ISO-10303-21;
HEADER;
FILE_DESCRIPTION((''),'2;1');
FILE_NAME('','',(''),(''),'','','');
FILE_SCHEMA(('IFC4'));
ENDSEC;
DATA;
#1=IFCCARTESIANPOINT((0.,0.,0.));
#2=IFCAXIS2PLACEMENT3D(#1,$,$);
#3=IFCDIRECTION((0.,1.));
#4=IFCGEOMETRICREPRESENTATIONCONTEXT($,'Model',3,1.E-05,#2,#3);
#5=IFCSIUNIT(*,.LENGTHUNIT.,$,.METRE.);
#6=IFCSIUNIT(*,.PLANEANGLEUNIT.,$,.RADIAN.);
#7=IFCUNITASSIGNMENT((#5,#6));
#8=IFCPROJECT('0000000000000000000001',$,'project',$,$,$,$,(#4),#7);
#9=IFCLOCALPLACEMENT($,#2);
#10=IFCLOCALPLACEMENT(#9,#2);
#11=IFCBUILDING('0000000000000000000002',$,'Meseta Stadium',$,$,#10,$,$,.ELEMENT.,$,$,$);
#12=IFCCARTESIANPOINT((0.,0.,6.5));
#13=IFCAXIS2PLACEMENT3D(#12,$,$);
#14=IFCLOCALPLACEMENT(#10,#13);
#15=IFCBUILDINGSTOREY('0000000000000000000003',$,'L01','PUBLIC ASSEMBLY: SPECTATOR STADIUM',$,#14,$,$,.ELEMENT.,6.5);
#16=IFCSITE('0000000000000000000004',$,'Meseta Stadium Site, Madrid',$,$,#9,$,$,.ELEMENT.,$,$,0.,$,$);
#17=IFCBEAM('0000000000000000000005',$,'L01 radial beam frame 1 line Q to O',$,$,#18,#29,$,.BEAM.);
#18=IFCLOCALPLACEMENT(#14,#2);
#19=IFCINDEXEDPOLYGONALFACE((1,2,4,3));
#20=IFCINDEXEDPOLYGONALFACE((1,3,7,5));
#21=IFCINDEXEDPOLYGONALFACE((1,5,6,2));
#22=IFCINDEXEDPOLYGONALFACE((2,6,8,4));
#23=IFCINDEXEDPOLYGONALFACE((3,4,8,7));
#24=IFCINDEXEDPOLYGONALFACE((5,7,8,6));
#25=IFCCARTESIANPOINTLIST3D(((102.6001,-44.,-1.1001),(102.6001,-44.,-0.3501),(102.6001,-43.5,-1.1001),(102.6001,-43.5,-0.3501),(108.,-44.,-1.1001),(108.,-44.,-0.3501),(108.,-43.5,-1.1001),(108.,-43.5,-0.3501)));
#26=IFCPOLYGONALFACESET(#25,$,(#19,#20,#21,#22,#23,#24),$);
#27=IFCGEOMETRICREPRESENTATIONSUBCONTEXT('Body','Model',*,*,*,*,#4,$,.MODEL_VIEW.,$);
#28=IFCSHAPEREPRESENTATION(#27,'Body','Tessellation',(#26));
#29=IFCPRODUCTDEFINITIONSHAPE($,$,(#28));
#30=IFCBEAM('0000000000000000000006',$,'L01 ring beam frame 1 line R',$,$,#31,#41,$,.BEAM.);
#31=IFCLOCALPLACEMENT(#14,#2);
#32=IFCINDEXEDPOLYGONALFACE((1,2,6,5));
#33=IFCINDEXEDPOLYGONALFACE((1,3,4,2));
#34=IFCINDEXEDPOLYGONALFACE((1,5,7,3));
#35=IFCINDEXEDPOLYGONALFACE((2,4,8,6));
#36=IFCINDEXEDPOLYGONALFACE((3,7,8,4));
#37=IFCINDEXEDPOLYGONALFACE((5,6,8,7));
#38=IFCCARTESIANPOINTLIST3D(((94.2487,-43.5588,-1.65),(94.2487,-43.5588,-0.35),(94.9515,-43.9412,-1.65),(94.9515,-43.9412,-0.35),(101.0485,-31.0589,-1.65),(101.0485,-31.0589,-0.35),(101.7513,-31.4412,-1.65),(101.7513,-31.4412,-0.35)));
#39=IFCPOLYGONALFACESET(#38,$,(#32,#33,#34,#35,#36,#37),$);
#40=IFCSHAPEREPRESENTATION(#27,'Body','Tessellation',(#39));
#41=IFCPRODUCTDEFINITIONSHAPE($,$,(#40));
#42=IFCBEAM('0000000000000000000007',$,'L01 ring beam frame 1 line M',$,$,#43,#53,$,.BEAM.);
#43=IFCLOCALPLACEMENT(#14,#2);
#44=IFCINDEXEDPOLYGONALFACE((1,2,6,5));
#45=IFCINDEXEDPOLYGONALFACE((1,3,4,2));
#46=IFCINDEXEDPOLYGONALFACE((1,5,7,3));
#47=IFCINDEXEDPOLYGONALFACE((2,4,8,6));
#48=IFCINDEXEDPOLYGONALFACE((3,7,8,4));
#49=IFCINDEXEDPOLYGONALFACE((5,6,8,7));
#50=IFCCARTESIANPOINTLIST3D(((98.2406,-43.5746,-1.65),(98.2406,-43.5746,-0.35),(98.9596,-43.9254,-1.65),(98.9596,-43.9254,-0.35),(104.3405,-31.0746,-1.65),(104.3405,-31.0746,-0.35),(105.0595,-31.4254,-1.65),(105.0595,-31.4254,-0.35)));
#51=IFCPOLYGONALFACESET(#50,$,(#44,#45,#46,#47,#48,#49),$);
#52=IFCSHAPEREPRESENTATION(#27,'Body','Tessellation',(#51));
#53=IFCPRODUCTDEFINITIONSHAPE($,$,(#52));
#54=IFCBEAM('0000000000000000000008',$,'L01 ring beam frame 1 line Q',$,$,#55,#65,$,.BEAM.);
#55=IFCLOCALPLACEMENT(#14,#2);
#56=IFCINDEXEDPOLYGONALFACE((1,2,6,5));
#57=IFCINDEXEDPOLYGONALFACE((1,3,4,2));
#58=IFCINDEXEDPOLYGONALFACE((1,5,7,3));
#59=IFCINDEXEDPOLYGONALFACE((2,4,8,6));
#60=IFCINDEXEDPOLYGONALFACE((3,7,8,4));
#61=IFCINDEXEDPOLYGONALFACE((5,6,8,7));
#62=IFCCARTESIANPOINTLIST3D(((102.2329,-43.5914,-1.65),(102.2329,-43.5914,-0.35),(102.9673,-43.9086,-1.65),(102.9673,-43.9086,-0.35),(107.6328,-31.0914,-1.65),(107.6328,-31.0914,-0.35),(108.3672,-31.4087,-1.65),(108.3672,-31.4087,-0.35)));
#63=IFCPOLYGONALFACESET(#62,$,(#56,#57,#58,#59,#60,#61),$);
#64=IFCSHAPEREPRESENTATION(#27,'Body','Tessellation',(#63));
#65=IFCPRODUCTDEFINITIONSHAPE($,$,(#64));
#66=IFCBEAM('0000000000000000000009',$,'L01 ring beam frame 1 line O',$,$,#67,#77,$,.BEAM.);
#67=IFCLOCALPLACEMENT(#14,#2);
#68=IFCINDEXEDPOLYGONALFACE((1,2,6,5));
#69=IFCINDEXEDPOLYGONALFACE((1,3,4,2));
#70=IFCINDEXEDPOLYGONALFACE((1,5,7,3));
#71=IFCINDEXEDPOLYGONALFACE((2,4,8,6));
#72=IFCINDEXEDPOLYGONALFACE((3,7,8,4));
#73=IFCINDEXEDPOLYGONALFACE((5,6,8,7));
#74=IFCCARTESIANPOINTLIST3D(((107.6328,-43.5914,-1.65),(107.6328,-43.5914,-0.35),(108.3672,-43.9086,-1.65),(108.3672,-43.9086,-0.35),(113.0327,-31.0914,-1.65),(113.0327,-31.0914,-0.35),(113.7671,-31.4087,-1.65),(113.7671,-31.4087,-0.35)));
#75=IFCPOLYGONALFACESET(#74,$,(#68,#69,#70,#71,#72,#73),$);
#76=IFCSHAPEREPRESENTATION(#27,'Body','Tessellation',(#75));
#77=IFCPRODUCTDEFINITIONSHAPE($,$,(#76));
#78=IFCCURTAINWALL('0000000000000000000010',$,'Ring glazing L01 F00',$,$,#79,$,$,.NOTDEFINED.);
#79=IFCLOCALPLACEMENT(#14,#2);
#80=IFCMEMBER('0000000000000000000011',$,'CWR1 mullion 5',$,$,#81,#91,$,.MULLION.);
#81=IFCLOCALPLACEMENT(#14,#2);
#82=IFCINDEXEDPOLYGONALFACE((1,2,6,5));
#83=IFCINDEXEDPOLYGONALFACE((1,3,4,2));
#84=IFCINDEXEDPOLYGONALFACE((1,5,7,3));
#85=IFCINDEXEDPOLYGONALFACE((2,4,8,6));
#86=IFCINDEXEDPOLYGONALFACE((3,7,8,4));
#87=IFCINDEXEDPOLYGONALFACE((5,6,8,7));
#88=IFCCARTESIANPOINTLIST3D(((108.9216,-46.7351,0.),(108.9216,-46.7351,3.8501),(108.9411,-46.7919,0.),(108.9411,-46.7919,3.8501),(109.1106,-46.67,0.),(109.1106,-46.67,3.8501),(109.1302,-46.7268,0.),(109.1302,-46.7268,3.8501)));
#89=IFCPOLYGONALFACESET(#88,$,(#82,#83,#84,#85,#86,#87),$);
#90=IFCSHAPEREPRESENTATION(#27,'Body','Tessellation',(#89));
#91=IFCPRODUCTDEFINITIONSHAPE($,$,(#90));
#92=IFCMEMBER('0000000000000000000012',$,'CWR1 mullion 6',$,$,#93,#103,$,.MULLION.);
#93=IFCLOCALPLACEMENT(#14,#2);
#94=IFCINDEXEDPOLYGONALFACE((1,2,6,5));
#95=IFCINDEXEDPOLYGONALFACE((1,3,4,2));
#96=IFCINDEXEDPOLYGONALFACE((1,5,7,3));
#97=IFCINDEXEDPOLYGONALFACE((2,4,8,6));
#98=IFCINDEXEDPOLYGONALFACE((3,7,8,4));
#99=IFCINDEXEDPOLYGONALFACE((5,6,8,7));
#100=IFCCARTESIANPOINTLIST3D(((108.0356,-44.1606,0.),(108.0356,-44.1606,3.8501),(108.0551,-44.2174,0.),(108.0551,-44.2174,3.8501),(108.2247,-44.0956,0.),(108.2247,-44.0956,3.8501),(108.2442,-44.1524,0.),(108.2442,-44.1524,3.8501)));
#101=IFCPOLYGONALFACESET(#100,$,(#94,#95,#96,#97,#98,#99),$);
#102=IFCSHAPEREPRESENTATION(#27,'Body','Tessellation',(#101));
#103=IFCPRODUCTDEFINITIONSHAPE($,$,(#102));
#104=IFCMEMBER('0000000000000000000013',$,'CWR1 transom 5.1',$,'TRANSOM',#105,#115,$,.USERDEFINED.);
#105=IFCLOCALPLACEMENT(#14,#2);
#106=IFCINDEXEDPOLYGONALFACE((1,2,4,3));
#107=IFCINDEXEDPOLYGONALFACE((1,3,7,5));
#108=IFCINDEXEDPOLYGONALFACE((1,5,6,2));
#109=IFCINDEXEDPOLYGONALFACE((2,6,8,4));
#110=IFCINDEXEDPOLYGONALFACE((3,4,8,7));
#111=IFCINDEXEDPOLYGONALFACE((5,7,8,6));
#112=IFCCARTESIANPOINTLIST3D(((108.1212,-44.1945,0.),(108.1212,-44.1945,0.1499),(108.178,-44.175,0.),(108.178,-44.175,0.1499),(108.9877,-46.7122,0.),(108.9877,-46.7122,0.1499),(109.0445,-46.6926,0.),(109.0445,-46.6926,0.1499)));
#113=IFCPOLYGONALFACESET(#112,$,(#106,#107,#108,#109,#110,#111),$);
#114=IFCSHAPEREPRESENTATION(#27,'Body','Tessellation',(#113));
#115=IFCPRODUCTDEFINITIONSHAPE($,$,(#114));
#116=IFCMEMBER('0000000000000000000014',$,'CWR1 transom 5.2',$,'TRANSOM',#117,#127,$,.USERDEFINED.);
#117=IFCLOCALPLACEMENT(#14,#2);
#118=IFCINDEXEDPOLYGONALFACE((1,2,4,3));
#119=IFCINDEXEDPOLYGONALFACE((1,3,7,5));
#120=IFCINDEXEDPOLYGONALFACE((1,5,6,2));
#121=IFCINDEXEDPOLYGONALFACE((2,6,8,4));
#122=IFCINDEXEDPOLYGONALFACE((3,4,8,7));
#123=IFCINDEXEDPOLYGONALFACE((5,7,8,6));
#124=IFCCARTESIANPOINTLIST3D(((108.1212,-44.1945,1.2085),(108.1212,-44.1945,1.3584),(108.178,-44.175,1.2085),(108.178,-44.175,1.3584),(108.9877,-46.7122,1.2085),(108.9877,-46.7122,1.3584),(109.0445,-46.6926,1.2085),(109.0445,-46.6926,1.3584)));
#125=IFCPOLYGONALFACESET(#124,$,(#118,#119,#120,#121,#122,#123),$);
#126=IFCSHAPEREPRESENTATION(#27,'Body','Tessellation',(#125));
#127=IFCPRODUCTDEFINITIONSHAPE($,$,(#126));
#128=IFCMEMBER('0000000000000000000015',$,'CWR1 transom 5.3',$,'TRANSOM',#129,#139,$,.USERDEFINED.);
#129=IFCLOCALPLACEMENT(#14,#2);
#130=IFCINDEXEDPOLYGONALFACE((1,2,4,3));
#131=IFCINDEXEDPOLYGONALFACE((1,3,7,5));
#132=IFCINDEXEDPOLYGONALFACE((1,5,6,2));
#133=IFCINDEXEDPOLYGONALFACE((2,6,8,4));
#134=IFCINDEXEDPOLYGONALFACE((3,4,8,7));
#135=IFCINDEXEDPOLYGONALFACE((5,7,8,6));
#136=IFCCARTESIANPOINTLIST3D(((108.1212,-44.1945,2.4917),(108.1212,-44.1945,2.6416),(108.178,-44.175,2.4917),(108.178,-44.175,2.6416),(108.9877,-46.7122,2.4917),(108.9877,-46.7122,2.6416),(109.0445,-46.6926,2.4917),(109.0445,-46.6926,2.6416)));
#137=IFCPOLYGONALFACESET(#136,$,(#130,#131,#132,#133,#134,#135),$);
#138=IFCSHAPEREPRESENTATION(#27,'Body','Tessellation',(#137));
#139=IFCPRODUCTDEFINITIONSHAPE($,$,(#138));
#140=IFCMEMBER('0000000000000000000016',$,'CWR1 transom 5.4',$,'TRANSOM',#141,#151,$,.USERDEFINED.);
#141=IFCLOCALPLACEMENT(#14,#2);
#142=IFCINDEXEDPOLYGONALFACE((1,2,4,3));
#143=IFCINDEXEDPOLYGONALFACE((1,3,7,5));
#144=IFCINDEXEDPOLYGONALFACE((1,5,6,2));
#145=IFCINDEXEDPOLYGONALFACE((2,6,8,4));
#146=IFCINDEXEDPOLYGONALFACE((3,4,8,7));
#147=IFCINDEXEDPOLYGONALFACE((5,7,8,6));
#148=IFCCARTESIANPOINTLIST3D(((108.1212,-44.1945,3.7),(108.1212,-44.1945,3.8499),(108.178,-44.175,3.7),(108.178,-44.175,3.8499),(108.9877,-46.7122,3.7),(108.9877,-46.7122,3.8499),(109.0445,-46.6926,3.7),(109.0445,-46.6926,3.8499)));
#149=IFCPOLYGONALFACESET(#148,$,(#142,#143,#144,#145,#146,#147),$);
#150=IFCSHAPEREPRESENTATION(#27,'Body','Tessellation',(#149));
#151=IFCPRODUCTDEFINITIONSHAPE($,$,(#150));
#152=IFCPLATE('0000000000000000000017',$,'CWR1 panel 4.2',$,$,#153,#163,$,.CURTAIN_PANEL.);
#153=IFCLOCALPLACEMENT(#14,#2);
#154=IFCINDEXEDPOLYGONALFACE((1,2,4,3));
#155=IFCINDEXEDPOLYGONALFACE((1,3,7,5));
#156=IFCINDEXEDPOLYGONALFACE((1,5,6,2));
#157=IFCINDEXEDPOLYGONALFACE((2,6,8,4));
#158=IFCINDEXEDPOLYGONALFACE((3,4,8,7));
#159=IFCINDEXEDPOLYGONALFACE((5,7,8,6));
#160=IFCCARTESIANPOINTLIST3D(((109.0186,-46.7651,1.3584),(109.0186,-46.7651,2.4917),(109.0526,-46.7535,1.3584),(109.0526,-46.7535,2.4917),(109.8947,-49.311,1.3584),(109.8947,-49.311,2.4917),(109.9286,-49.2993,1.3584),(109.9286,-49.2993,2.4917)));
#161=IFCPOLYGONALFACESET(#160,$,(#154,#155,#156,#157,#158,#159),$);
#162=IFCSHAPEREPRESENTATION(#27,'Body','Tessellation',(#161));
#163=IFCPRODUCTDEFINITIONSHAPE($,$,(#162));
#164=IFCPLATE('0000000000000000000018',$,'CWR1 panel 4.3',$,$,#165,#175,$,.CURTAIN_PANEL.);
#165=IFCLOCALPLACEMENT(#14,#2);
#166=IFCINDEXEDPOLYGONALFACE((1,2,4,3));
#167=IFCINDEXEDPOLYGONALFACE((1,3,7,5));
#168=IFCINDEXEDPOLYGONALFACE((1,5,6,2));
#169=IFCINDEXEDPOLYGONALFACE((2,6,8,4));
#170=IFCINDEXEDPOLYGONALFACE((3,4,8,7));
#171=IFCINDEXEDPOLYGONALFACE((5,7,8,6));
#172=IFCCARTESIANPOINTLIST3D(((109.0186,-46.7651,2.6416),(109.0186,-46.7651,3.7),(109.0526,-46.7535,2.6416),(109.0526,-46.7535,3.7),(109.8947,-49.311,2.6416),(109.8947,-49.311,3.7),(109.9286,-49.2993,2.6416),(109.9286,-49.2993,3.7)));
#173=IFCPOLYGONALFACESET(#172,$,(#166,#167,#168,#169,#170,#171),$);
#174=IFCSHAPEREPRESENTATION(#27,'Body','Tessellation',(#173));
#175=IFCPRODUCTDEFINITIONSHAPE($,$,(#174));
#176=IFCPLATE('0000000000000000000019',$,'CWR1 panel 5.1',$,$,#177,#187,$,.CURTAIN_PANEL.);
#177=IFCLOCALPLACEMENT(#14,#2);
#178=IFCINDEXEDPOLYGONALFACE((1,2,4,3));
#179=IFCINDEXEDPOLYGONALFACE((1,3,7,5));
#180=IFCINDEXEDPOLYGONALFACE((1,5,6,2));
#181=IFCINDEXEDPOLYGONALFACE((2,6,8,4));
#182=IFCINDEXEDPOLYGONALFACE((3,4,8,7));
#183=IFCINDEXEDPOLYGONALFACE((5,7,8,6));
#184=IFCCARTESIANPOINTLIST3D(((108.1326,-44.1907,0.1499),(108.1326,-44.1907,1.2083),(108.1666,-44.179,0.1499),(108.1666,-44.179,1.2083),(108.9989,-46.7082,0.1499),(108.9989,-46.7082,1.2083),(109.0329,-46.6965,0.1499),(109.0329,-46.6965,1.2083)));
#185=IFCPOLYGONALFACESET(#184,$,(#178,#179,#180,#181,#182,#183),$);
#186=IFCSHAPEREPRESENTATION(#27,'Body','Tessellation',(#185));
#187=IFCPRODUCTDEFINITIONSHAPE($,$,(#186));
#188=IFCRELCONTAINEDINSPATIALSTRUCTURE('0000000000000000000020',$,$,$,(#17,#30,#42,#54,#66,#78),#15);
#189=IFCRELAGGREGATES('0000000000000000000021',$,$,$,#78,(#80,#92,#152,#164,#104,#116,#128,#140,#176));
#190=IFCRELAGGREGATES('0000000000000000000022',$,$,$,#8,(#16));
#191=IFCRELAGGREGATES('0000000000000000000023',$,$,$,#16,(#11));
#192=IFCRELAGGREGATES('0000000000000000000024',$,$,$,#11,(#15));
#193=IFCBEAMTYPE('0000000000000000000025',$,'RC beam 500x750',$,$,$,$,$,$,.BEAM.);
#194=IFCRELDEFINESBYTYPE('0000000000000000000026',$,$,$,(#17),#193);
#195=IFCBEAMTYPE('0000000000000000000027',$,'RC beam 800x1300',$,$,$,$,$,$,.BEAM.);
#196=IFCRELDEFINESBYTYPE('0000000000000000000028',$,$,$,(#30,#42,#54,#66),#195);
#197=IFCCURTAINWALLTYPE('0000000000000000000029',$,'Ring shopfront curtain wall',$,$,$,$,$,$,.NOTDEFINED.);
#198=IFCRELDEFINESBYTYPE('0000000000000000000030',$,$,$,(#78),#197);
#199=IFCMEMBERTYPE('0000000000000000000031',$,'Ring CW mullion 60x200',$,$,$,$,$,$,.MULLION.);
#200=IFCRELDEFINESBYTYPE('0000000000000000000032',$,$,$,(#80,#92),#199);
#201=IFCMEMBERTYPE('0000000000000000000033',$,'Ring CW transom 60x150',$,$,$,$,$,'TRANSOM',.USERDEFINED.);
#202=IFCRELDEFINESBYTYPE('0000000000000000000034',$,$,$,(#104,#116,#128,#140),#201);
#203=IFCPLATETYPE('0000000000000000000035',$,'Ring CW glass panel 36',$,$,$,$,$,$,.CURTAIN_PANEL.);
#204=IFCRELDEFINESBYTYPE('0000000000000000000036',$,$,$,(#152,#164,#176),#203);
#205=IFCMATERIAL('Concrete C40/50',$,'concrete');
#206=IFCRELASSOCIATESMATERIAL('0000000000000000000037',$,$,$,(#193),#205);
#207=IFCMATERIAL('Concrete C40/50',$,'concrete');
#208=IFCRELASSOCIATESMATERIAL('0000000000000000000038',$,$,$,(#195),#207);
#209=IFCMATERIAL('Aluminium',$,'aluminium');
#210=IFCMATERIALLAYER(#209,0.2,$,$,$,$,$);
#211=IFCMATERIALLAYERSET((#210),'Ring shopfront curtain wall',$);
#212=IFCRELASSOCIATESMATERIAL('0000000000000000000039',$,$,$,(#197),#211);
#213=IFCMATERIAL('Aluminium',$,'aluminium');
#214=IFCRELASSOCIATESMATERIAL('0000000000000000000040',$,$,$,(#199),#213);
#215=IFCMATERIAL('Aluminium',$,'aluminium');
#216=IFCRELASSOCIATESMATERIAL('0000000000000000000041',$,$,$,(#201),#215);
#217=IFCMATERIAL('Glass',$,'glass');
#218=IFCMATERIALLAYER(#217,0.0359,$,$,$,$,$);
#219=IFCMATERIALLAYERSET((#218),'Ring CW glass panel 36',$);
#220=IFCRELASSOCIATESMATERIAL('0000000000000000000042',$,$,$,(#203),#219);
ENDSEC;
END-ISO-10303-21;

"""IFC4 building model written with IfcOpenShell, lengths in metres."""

from ifc_helpers import new_model, si_unit, direction, frame, origin, origin_2d, place, context, subcontext, project, spatial, rectangle, extrude, material, layer, layer_set, material_profile, profile_set, type_object, element, aggregate, save


model = new_model("IFC4")

# Units and contexts
model_context = context("Model", 3, precision=1e-05, world=origin(), true_north=direction((0.0, 1.0)))
body_context = subcontext(model_context, "Body", "Model", "MODEL_VIEW")
ifc_project = project(units=[si_unit("LENGTHUNIT", "METRE"), si_unit("PLANEANGLEUNIT", "RADIAN")], contexts=[model_context])

# Site, building, storey
site_placement = place(None, origin())
site = spatial("IfcSite", under=ifc_project, at=site_placement, Name="Meseta Stadium Site, Madrid", CompositionType="ELEMENT", RefElevation=0.0)
building_placement = place(site_placement, origin())
building = spatial("IfcBuilding", under=site, at=building_placement, Name="Meseta Stadium", CompositionType="ELEMENT")
storey_placement = place(building_placement, frame((0.0, 0.0, 6.5)))
storey = spatial("IfcBuildingStorey", under=building, at=storey_placement, Name="L01", Description="PUBLIC ASSEMBLY: SPECTATOR STADIUM", CompositionType="ELEMENT", Elevation=6.5)

# Beams
ifc_material_1 = material(Name="Concrete C40/50", Category="concrete")
ifc_material_profile_1 = material_profile(ifc_material_1, rectangle(XDim=0.5, YDim=0.75, at=origin_2d()), Name="RC 500x750")
ifc_profile_set_1 = profile_set([ifc_material_profile_1], Name="Concrete C40/50")
beam_type_1 = type_object("IfcBeamType", Name="RC beam 500x750", PredefinedType="BEAM", material=ifc_profile_set_1)
beam_1_placement = place(storey_placement, frame((102.6001, -43.75, -0.7251), z_axis=(1.0, 0.0, 0.0), x_axis=(0.0, 1.0, 0.0)))
element("IfcBeam", 1, at=beam_1_placement, inside=storey, type_object=beam_type_1, Name="L01 radial beam frame 1 line Q to O", PredefinedType="BEAM", context=body_context, shape_type="SweptSolid", body=[
    extrude(rectangle(XDim=0.5, YDim=0.75, at=origin_2d()), origin(), (0.0, 0.0, 1.0), 5.3999),
])
ifc_material_2 = material(Name="Concrete C40/50", Category="concrete")
ifc_material_profile_2 = material_profile(ifc_material_2, rectangle(XDim=0.8, YDim=1.3, at=origin_2d()), Name="RC 800x1300")
ifc_profile_set_2 = profile_set([ifc_material_profile_2], Name="Concrete C40/50")
beam_type_2 = type_object("IfcBeamType", Name="RC beam 800x1300", PredefinedType="BEAM", material=ifc_profile_set_2)
beam_2_placement = place(storey_placement, frame((94.6001, -43.75, -1.0), z_axis=(0.477856, 0.878438, 0.0), x_axis=(-0.878438, 0.477856, 0.0)))
element("IfcBeam", 2, at=beam_2_placement, inside=storey, type_object=beam_type_2, Name="L01 ring beam frame 1 line R", PredefinedType="BEAM", context=body_context, shape_type="SweptSolid", body=[
    extrude(rectangle(XDim=0.8, YDim=1.3, at=origin_2d()), origin(), (0.0, 0.0, 1.0), 14.2297),
])
beam_3_placement = place(storey_placement, frame((98.6001, -43.75, -1.0), z_axis=(0.438557, 0.898703, 0.0), x_axis=(-0.898703, 0.438557, 0.0)))
element("IfcBeam", 3, at=beam_3_placement, inside=storey, type_object=beam_type_2, Name="L01 ring beam frame 1 line M", PredefinedType="BEAM", context=body_context, shape_type="SweptSolid", body=[
    extrude(rectangle(XDim=0.8, YDim=1.3, at=origin_2d()), origin(), (0.0, 0.0, 1.0), 13.9089),
])
for number, where, z_axis, x_axis, name in (
    (4, (102.6001, -43.75, -1.0), (0.396571, 0.918004, 0.0), (-0.918004, 0.396571, 0.0), "L01 ring beam frame 1 line Q"),
    (5, (108.0, -43.75, -1.0), (0.396571, 0.918004, 0.0), (-0.918004, 0.396571, 0.0), "L01 ring beam frame 1 line O"),
):
    element("IfcBeam", number, at=place(storey_placement, frame(where, z_axis=z_axis, x_axis=x_axis)), inside=storey, type_object=beam_type_2, Name=name, PredefinedType="BEAM", context=body_context, shape_type="SweptSolid", body=[
        extrude(rectangle(XDim=0.8, YDim=1.3, at=origin_2d()), origin(), (0.0, 0.0, 1.0), 13.6165),
    ])

# Curtain wall, members, plates
ifc_material_3 = material(Name="Aluminium", Category="aluminium")
ifc_layer_1 = layer(ifc_material_3, 0.2)
ifc_layer_set_1 = layer_set([ifc_layer_1], Name="Ring shopfront curtain wall")
curtain_wall_type = type_object("IfcCurtainWallType", Name="Ring shopfront curtain wall", PredefinedType="NOTDEFINED", material=ifc_layer_set_1)
curtain_wall_placement = place(storey_placement, origin())
curtain_wall = element("IfcCurtainWall", 6, at=curtain_wall_placement, inside=storey, type_object=curtain_wall_type, Name="Ring glazing L01 F00", PredefinedType="NOTDEFINED")
ifc_material_4 = material(Name="Aluminium", Category="aluminium")
ifc_material_profile_3 = material_profile(ifc_material_4, rectangle(XDim=0.2, YDim=0.0601, at=origin_2d()), Name="CW 200x60")
ifc_profile_set_3 = profile_set([ifc_material_profile_3], Name="Aluminium")
member_type_1 = type_object("IfcMemberType", Name="Ring CW mullion 60x200", PredefinedType="MULLION", material=ifc_profile_set_3)
member_1_placement = place(storey_placement, frame((109.0259, -46.731, 0.0), z_axis=(0.0, 0.0, 1.0), x_axis=(-0.945581, -0.325386, 0.0)))
member_1 = element("IfcMember", 7, at=member_1_placement, type_object=member_type_1, Name="CWR1 mullion 5", PredefinedType="MULLION", context=body_context, shape_type="SweptSolid", body=[
    extrude(rectangle(XDim=0.2, YDim=0.0601, at=origin_2d()), origin(), (0.0, 0.0, 1.0), 3.8501),
])
member_2_placement = place(storey_placement, frame((108.1399, -44.1565, 0.0), z_axis=(0.0, 0.0, 1.0), x_axis=(-0.945581, -0.325386, 0.0)))
member_2 = element("IfcMember", 8, at=member_2_placement, type_object=member_type_1, Name="CWR1 mullion 6", PredefinedType="MULLION", context=body_context, shape_type="SweptSolid", body=[
    extrude(rectangle(XDim=0.2, YDim=0.0601, at=origin_2d()), origin(), (0.0, 0.0, 1.0), 3.8501),
])
ifc_material_5 = material(Name="Aluminium", Category="aluminium")
ifc_material_profile_4 = material_profile(ifc_material_5, rectangle(XDim=0.0601, YDim=0.1499, at=origin_2d()), Name="CW 60x150")
ifc_profile_set_4 = profile_set([ifc_material_profile_4], Name="Aluminium")
member_type_2 = type_object("IfcMemberType", Name="Ring CW transom 60x150", ElementType="TRANSOM", PredefinedType="USERDEFINED", material=ifc_profile_set_4)
member_3_placement = place(storey_placement, frame((109.0161, -46.7024, 0.075), z_axis=(-0.325428, 0.945567, 0.0), x_axis=(-0.945567, -0.325428, 0.0)))
member_3 = element("IfcMember", 9, at=member_3_placement, type_object=member_type_2, Name="CWR1 transom 5.1", ObjectType="TRANSOM", PredefinedType="USERDEFINED", context=body_context, shape_type="SweptSolid", body=[
    extrude(rectangle(XDim=0.0601, YDim=0.1499, at=origin_2d()), origin(), (0.0, 0.0, 1.0), 2.6626),
])
member_4_placement = place(storey_placement, frame((109.0161, -46.7024, 1.2834), z_axis=(-0.325428, 0.945567, 0.0), x_axis=(-0.945567, -0.325428, 0.0)))
member_4 = element("IfcMember", 10, at=member_4_placement, type_object=member_type_2, Name="CWR1 transom 5.2", ObjectType="TRANSOM", PredefinedType="USERDEFINED", context=body_context, shape_type="SweptSolid", body=[
    extrude(rectangle(XDim=0.0601, YDim=0.1499, at=origin_2d()), origin(), (0.0, 0.0, 1.0), 2.6626),
])
member_5_placement = place(storey_placement, frame((109.0161, -46.7024, 2.5667), z_axis=(-0.325428, 0.945567, 0.0), x_axis=(-0.945567, -0.325428, 0.0)))
member_5 = element("IfcMember", 11, at=member_5_placement, type_object=member_type_2, Name="CWR1 transom 5.3", ObjectType="TRANSOM", PredefinedType="USERDEFINED", context=body_context, shape_type="SweptSolid", body=[
    extrude(rectangle(XDim=0.0601, YDim=0.1499, at=origin_2d()), origin(), (0.0, 0.0, 1.0), 2.6626),
])
member_6_placement = place(storey_placement, frame((109.0161, -46.7024, 3.7749), z_axis=(-0.325428, 0.945567, 0.0), x_axis=(-0.945567, -0.325428, 0.0)))
member_6 = element("IfcMember", 12, at=member_6_placement, type_object=member_type_2, Name="CWR1 transom 5.4", ObjectType="TRANSOM", PredefinedType="USERDEFINED", context=body_context, shape_type="SweptSolid", body=[
    extrude(rectangle(XDim=0.0601, YDim=0.1499, at=origin_2d()), origin(), (0.0, 0.0, 1.0), 2.6626),
])
ifc_material_6 = material(Name="Glass", Category="glass")
ifc_layer_2 = layer(ifc_material_6, 0.0359)
ifc_layer_set_2 = layer_set([ifc_layer_2], Name="Ring CW glass panel 36")
plate_type_1 = type_object("IfcPlateType", Name="Ring CW glass panel 36", PredefinedType="CURTAIN_PANEL", material=ifc_layer_set_2)
plate_1_placement = place(storey_placement, frame((109.4736, -48.0322, 1.3584), z_axis=(0.0, 0.0, 1.0), x_axis=(-0.325386, 0.945581, 0.0)))
plate_1 = element("IfcPlate", 13, at=plate_1_placement, type_object=plate_type_1, Name="CWR1 panel 4.2", PredefinedType="CURTAIN_PANEL", context=body_context, shape_type="SweptSolid", body=[
    extrude(rectangle(XDim=2.6924, YDim=0.0359, at=origin_2d()), origin(), (0.0, 0.0, 1.0), 1.1333),
])
plate_2_placement = place(storey_placement, frame((109.4736, -48.0322, 2.6416), z_axis=(0.0, 0.0, 1.0), x_axis=(-0.325386, 0.945581, 0.0)))
plate_2 = element("IfcPlate", 14, at=plate_2_placement, type_object=plate_type_1, Name="CWR1 panel 4.3", PredefinedType="CURTAIN_PANEL", context=body_context, shape_type="SweptSolid", body=[
    extrude(rectangle(XDim=2.6924, YDim=0.0359, at=origin_2d()), origin(), (0.0, 0.0, 1.0), 1.0583),
])
plate_3_placement = place(storey_placement, frame((108.5828, -45.4436, 0.1499), z_axis=(0.0, 0.0, 1.0), x_axis=(-0.325386, 0.945581, 0.0)))
plate_3 = element("IfcPlate", 15, at=plate_3_placement, type_object=plate_type_1, Name="CWR1 panel 5.1", PredefinedType="CURTAIN_PANEL", context=body_context, shape_type="SweptSolid", body=[
    extrude(rectangle(XDim=2.6624, YDim=0.0359, at=origin_2d()), origin(), (0.0, 0.0, 1.0), 1.0583),
])
aggregate(curtain_wall, [member_1, member_2, plate_1, plate_2, member_3, member_4, member_5, member_6, plate_3])

save(model, "model.ifc")
